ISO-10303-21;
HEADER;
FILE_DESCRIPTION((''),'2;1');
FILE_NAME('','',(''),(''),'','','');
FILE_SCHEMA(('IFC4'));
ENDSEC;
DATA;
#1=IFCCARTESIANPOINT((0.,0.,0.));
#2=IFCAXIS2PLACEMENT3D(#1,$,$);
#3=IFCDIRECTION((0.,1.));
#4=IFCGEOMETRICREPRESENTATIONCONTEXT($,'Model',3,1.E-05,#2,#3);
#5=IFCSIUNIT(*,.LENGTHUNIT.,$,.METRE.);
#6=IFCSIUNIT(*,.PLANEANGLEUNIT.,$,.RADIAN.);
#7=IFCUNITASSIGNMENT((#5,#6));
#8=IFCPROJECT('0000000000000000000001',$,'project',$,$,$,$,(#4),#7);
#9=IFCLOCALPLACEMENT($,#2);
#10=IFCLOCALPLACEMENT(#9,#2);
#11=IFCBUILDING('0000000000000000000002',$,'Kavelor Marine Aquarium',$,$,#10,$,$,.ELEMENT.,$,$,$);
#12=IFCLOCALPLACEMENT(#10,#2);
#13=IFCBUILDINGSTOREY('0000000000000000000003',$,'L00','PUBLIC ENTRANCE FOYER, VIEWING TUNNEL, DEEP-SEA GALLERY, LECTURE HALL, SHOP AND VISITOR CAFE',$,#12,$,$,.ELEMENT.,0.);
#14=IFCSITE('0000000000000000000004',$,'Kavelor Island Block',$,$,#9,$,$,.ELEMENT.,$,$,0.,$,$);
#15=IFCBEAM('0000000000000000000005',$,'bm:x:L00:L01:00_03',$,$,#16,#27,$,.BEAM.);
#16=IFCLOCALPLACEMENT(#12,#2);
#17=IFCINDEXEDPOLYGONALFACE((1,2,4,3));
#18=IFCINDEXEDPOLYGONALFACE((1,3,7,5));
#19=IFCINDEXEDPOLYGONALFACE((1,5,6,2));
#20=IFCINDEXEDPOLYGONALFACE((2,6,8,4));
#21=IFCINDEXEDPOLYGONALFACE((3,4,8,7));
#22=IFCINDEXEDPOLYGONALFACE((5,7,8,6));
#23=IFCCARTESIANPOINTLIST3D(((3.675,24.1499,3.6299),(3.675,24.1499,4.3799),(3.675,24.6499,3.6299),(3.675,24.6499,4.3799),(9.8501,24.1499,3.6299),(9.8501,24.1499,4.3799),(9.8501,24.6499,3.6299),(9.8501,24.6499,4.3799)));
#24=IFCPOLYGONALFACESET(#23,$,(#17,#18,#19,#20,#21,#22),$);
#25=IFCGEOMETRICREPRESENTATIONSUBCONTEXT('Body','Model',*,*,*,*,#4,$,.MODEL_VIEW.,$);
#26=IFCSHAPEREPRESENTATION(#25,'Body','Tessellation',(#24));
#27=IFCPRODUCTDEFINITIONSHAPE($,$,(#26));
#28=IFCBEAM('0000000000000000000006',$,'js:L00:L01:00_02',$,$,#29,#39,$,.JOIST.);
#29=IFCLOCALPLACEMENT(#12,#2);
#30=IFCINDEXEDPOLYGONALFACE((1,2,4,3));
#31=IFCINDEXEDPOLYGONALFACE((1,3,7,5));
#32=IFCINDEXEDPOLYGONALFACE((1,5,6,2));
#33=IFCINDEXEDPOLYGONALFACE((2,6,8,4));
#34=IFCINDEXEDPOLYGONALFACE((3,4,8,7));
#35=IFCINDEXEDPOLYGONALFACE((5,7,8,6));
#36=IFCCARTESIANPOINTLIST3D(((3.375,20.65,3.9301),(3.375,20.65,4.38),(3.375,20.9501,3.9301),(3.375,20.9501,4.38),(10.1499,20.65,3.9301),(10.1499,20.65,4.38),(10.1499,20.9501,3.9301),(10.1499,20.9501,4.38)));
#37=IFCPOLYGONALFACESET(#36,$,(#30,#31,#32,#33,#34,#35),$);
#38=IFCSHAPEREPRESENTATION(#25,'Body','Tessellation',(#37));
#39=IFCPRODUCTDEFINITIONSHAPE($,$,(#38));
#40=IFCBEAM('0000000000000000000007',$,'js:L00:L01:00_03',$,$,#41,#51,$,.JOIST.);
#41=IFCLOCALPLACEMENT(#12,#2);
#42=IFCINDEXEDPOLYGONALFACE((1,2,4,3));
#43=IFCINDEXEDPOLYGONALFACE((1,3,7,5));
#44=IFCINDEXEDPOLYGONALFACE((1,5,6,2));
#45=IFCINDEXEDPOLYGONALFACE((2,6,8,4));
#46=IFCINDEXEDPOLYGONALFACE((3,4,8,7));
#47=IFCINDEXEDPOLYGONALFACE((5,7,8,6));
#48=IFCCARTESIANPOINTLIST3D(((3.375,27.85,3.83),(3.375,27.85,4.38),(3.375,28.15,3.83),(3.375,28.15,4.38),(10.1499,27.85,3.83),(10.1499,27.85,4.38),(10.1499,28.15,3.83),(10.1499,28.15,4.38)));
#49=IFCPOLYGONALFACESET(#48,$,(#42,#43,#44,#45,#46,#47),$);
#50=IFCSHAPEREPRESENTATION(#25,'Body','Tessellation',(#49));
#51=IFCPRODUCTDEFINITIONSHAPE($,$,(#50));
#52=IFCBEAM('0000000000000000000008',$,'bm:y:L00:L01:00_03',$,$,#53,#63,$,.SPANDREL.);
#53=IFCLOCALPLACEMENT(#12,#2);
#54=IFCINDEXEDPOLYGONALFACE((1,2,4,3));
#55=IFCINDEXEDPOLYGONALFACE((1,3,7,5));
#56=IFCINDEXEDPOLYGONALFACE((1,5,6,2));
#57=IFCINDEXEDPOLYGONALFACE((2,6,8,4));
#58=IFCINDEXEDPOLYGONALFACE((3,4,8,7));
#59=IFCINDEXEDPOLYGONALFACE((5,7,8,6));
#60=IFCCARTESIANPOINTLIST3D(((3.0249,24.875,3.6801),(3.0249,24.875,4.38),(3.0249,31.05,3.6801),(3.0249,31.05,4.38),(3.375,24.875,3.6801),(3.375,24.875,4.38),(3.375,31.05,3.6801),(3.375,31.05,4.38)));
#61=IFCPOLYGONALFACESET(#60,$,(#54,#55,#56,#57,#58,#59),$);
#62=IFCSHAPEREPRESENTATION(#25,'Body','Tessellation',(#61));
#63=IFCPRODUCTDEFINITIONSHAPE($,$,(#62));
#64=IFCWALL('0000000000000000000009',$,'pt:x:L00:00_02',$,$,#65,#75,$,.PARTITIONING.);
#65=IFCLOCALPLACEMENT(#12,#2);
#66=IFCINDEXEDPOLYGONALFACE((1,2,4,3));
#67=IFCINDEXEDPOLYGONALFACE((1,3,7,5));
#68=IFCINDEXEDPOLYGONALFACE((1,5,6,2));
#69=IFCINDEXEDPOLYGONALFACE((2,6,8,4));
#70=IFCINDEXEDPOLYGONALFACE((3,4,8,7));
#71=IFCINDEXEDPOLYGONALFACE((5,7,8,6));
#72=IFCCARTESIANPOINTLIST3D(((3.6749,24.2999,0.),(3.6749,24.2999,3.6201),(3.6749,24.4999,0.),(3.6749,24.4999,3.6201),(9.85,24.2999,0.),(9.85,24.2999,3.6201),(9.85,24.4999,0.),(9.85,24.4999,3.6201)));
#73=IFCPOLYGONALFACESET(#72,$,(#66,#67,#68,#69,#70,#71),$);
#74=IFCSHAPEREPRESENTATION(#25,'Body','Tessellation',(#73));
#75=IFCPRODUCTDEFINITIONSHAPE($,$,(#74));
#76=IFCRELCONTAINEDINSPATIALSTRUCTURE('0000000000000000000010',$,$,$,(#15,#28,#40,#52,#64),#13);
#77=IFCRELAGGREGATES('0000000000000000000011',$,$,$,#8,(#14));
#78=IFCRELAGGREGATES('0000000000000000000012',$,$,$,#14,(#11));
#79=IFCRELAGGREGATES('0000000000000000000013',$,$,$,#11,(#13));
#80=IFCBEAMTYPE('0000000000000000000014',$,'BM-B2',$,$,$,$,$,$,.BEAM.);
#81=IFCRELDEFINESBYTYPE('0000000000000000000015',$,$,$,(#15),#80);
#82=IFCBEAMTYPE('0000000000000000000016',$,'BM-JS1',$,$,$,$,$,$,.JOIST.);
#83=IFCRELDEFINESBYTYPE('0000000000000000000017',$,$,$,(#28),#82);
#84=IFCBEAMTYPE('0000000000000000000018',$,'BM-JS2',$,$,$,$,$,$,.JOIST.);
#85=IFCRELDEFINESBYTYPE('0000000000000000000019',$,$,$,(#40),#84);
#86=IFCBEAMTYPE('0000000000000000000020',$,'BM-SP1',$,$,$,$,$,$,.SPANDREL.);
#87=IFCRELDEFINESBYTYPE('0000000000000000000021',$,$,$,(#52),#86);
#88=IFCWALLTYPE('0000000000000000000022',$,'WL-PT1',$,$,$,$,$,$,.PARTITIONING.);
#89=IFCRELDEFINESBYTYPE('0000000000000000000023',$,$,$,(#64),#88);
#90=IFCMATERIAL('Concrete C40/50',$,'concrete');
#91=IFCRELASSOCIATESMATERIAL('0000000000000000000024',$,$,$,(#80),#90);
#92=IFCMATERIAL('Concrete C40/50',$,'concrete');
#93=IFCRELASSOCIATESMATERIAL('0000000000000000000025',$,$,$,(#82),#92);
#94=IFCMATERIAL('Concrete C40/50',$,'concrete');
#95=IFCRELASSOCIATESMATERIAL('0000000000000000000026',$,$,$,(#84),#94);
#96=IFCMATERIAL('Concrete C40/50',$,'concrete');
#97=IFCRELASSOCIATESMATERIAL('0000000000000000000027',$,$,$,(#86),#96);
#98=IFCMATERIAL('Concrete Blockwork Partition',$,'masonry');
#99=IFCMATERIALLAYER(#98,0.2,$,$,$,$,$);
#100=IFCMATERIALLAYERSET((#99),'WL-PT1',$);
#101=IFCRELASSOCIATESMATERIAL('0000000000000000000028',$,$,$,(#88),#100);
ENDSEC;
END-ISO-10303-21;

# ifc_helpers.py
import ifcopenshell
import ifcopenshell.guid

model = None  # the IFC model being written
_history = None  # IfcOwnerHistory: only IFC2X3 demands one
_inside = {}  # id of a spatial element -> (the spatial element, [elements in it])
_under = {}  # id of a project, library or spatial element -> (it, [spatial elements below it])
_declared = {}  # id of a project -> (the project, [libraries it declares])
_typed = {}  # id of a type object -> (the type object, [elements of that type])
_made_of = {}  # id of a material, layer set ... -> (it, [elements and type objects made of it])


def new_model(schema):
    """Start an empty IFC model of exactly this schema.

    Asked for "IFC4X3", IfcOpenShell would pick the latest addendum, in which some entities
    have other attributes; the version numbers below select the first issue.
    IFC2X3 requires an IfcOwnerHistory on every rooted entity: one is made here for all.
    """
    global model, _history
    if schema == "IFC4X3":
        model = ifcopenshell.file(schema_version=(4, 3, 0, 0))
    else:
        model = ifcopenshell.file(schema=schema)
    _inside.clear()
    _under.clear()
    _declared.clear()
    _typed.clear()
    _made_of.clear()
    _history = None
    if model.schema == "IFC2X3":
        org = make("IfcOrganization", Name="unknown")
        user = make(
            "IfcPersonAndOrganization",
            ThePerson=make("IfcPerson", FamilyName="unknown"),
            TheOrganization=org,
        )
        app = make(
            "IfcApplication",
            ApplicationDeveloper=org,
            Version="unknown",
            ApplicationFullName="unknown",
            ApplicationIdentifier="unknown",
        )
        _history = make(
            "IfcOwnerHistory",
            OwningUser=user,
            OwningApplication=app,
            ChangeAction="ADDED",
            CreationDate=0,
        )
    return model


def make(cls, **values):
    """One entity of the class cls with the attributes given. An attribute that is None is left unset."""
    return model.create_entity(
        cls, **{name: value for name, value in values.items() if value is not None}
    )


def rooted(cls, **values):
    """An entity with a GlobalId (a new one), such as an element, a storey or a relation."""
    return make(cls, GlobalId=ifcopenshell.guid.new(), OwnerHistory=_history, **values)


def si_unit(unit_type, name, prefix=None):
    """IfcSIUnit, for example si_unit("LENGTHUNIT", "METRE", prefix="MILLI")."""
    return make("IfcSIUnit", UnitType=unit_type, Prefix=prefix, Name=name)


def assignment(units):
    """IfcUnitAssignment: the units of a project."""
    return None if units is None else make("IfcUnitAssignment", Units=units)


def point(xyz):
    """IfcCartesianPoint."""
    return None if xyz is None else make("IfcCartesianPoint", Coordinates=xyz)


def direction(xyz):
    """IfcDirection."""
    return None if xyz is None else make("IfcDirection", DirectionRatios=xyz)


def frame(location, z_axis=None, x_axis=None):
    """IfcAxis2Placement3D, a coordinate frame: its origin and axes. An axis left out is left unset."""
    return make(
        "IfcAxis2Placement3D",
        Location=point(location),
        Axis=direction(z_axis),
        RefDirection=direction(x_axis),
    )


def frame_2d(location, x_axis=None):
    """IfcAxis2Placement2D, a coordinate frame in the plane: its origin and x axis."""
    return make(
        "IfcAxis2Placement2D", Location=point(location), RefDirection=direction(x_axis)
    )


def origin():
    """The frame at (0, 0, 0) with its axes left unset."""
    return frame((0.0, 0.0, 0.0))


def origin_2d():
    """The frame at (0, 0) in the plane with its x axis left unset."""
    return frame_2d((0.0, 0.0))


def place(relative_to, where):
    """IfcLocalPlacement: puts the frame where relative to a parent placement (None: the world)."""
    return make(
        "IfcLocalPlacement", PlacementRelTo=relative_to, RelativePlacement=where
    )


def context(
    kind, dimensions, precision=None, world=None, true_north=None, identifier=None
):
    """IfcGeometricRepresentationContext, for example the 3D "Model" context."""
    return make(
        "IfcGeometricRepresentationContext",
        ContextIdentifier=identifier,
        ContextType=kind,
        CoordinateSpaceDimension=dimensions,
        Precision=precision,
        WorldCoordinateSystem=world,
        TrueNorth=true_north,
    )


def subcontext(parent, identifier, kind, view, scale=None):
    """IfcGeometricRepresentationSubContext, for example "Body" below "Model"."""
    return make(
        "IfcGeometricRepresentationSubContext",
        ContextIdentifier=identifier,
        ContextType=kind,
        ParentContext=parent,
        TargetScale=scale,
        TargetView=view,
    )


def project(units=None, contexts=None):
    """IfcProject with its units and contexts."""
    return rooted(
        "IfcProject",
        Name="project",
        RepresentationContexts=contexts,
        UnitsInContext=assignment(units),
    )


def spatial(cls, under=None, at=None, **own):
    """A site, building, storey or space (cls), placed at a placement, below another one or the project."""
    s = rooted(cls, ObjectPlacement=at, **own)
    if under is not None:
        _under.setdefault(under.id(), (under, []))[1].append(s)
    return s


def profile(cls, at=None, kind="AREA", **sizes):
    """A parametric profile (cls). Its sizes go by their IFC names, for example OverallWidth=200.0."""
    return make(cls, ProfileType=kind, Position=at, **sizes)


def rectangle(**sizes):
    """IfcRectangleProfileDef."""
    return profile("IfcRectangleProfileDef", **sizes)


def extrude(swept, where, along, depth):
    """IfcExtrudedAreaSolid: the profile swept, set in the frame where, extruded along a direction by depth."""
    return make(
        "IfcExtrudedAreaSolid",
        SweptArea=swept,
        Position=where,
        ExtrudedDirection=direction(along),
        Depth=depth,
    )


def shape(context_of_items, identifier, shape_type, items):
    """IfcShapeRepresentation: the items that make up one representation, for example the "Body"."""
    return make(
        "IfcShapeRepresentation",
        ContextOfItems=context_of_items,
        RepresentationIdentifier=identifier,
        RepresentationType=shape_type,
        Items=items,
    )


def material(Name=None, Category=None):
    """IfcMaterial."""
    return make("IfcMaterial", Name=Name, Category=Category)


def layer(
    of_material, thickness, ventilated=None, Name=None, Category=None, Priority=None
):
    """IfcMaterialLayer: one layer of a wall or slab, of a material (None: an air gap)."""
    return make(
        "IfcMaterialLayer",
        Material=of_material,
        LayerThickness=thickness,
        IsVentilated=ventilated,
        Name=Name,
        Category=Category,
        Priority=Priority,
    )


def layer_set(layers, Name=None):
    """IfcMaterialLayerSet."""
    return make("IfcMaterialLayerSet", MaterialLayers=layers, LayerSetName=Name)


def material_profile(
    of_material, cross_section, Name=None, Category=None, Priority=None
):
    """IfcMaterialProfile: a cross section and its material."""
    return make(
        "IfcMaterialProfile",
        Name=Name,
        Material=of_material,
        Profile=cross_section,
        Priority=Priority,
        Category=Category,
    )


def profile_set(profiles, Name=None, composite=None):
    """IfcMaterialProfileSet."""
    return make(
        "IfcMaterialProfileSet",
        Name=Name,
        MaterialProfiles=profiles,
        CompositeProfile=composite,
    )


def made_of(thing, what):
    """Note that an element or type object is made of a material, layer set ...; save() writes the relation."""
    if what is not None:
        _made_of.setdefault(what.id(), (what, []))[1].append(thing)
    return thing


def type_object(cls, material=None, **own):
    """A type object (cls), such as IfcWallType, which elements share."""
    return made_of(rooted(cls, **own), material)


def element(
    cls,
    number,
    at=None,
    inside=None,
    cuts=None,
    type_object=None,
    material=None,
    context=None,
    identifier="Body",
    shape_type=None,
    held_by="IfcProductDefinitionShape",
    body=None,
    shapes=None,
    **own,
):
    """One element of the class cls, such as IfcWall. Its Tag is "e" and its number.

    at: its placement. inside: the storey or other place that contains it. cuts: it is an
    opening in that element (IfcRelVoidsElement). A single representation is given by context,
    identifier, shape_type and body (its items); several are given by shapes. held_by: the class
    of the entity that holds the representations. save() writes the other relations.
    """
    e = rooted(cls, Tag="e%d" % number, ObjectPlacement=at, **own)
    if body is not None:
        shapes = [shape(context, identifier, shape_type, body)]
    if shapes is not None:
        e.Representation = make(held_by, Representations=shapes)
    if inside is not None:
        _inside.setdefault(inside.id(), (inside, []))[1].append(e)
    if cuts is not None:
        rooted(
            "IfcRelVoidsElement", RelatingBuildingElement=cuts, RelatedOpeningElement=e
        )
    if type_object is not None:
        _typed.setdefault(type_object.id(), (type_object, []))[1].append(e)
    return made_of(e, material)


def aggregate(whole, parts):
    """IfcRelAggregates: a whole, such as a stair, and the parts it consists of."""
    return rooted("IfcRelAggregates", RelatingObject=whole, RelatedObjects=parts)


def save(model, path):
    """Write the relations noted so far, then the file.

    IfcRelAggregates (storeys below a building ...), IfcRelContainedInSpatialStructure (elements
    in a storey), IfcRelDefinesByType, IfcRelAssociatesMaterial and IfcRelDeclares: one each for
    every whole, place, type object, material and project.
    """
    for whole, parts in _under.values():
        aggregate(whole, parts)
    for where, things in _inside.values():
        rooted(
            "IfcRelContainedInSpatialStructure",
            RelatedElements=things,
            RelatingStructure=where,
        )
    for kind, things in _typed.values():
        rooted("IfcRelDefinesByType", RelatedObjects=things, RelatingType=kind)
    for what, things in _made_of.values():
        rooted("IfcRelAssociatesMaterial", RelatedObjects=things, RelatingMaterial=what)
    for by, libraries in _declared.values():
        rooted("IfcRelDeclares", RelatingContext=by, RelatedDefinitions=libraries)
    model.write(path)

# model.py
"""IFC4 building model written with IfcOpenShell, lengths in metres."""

from ifc_helpers import new_model, si_unit, direction, frame, frame_2d, origin, origin_2d, place, context, subcontext, project, spatial, rectangle, extrude, material, layer, layer_set, material_profile, profile_set, type_object, element, save


model = new_model("IFC4")

# Units and contexts
model_context = context("Model", 3, precision=1e-05, world=origin(), true_north=direction((0.0, 1.0)))
body_context = subcontext(model_context, "Body", "Model", "MODEL_VIEW")
ifc_project = project(units=[si_unit("LENGTHUNIT", "METRE"), si_unit("PLANEANGLEUNIT", "RADIAN")], contexts=[model_context])

# Site, building, storey
site_placement = place(None, origin())
site = spatial("IfcSite", under=ifc_project, at=site_placement, Name="Kavelor Island Block", CompositionType="ELEMENT", RefElevation=0.0)
building_placement = place(site_placement, origin())
building = spatial("IfcBuilding", under=site, at=building_placement, Name="Kavelor Marine Aquarium", CompositionType="ELEMENT")
storey_placement = place(building_placement, origin())
storey = spatial("IfcBuildingStorey", under=building, at=storey_placement, Name="L00", Description="PUBLIC ENTRANCE FOYER, VIEWING TUNNEL, DEEP-SEA GALLERY, LECTURE HALL, SHOP AND VISITOR CAFE", CompositionType="ELEMENT", Elevation=0.0)

# Beams
ifc_material_1 = material(Name="Concrete C40/50", Category="concrete")
ifc_material_profile_1 = material_profile(ifc_material_1, rectangle(XDim=0.5, YDim=0.75, at=origin_2d()), Name="RC-BM 500x750")
ifc_profile_set_1 = profile_set([ifc_material_profile_1], Name="Concrete C40/50")
beam_type_1 = type_object("IfcBeamType", Name="BM-B2", PredefinedType="BEAM", material=ifc_profile_set_1)
beam_1_placement = place(storey_placement, frame((3.675, 24.3999, 4.0049), z_axis=(1.0, 0.0, 0.0), x_axis=(0.0, 1.0, 0.0)))
element("IfcBeam", 1, at=beam_1_placement, inside=storey, type_object=beam_type_1, Name="bm:x:L00:L01:00_03", PredefinedType="BEAM", context=body_context, shape_type="SweptSolid", body=[
    extrude(rectangle(XDim=0.5, YDim=0.75, at=origin_2d()), origin(), (0.0, 0.0, 1.0), 6.175),
])
ifc_material_2 = material(Name="Concrete C40/50", Category="concrete")
ifc_material_profile_2 = material_profile(ifc_material_2, rectangle(XDim=0.3, YDim=0.45, at=origin_2d()), Name="RC-JS 300x450")
ifc_profile_set_2 = profile_set([ifc_material_profile_2], Name="Concrete C40/50")
beam_type_2 = type_object("IfcBeamType", Name="BM-JS1", PredefinedType="JOIST", material=ifc_profile_set_2)
beam_2_placement = place(storey_placement, frame((3.375, 20.8, 4.155), z_axis=(1.0, 0.0, 0.0), x_axis=(0.0, 1.0, 0.0)))
element("IfcBeam", 2, at=beam_2_placement, inside=storey, type_object=beam_type_2, Name="js:L00:L01:00_02", PredefinedType="JOIST", context=body_context, shape_type="SweptSolid", body=[
    extrude(rectangle(XDim=0.3, YDim=0.45, at=origin_2d()), origin(), (0.0, 0.0, 1.0), 6.7749),
])
ifc_material_3 = material(Name="Concrete C40/50", Category="concrete")
ifc_material_profile_3 = material_profile(ifc_material_3, rectangle(XDim=0.3, YDim=0.55, at=origin_2d()), Name="RC-JS 300x550")
ifc_profile_set_3 = profile_set([ifc_material_profile_3], Name="Concrete C40/50")
beam_type_3 = type_object("IfcBeamType", Name="BM-JS2", PredefinedType="JOIST", material=ifc_profile_set_3)
beam_3_placement = place(storey_placement, frame((3.375, 28.0, 4.105), z_axis=(1.0, 0.0, 0.0), x_axis=(0.0, 1.0, 0.0)))
element("IfcBeam", 3, at=beam_3_placement, inside=storey, type_object=beam_type_3, Name="js:L00:L01:00_03", PredefinedType="JOIST", context=body_context, shape_type="SweptSolid", body=[
    extrude(rectangle(XDim=0.3, YDim=0.55, at=origin_2d()), origin(), (0.0, 0.0, 1.0), 6.7749),
])
ifc_material_4 = material(Name="Concrete C40/50", Category="concrete")
ifc_material_profile_4 = material_profile(ifc_material_4, rectangle(XDim=0.3501, YDim=0.7, at=origin_2d()), Name="RC-SP 350x700")
ifc_profile_set_4 = profile_set([ifc_material_profile_4], Name="Concrete C40/50")
beam_type_4 = type_object("IfcBeamType", Name="BM-SP1", PredefinedType="SPANDREL", material=ifc_profile_set_4)
beam_4_placement = place(storey_placement, frame((3.2, 24.875, 4.03), z_axis=(0.0, 1.0, 0.0), x_axis=(-1.0, 0.0, 0.0)))
element("IfcBeam", 4, at=beam_4_placement, inside=storey, type_object=beam_type_4, Name="bm:y:L00:L01:00_03", PredefinedType="SPANDREL", context=body_context, shape_type="SweptSolid", body=[
    extrude(rectangle(XDim=0.3501, YDim=0.7, at=origin_2d()), origin(), (0.0, 0.0, 1.0), 6.175),
])

# Wall
ifc_material_5 = material(Name="Concrete Blockwork Partition", Category="masonry")
ifc_layer_1 = layer(ifc_material_5, 0.2)
ifc_layer_set_1 = layer_set([ifc_layer_1], Name="WL-PT1")
wall_type_1 = type_object("IfcWallType", Name="WL-PT1", PredefinedType="PARTITIONING", material=ifc_layer_set_1)
wall_1_placement = place(storey_placement, frame((3.675, 24.3999, 0.0), z_axis=(0.0, 0.0, 1.0), x_axis=(1.0, 0.0, 0.0)))
element("IfcWall", 5, at=wall_1_placement, inside=storey, type_object=wall_type_1, Name="pt:x:L00:00_02", PredefinedType="PARTITIONING", context=body_context, shape_type="SweptSolid", body=[
    extrude(rectangle(XDim=6.175, YDim=0.2, at=frame_2d((3.0874, 0.0))), origin(), (0.0, 0.0, 1.0), 3.6201),
])

save(model, "model.ifc")
